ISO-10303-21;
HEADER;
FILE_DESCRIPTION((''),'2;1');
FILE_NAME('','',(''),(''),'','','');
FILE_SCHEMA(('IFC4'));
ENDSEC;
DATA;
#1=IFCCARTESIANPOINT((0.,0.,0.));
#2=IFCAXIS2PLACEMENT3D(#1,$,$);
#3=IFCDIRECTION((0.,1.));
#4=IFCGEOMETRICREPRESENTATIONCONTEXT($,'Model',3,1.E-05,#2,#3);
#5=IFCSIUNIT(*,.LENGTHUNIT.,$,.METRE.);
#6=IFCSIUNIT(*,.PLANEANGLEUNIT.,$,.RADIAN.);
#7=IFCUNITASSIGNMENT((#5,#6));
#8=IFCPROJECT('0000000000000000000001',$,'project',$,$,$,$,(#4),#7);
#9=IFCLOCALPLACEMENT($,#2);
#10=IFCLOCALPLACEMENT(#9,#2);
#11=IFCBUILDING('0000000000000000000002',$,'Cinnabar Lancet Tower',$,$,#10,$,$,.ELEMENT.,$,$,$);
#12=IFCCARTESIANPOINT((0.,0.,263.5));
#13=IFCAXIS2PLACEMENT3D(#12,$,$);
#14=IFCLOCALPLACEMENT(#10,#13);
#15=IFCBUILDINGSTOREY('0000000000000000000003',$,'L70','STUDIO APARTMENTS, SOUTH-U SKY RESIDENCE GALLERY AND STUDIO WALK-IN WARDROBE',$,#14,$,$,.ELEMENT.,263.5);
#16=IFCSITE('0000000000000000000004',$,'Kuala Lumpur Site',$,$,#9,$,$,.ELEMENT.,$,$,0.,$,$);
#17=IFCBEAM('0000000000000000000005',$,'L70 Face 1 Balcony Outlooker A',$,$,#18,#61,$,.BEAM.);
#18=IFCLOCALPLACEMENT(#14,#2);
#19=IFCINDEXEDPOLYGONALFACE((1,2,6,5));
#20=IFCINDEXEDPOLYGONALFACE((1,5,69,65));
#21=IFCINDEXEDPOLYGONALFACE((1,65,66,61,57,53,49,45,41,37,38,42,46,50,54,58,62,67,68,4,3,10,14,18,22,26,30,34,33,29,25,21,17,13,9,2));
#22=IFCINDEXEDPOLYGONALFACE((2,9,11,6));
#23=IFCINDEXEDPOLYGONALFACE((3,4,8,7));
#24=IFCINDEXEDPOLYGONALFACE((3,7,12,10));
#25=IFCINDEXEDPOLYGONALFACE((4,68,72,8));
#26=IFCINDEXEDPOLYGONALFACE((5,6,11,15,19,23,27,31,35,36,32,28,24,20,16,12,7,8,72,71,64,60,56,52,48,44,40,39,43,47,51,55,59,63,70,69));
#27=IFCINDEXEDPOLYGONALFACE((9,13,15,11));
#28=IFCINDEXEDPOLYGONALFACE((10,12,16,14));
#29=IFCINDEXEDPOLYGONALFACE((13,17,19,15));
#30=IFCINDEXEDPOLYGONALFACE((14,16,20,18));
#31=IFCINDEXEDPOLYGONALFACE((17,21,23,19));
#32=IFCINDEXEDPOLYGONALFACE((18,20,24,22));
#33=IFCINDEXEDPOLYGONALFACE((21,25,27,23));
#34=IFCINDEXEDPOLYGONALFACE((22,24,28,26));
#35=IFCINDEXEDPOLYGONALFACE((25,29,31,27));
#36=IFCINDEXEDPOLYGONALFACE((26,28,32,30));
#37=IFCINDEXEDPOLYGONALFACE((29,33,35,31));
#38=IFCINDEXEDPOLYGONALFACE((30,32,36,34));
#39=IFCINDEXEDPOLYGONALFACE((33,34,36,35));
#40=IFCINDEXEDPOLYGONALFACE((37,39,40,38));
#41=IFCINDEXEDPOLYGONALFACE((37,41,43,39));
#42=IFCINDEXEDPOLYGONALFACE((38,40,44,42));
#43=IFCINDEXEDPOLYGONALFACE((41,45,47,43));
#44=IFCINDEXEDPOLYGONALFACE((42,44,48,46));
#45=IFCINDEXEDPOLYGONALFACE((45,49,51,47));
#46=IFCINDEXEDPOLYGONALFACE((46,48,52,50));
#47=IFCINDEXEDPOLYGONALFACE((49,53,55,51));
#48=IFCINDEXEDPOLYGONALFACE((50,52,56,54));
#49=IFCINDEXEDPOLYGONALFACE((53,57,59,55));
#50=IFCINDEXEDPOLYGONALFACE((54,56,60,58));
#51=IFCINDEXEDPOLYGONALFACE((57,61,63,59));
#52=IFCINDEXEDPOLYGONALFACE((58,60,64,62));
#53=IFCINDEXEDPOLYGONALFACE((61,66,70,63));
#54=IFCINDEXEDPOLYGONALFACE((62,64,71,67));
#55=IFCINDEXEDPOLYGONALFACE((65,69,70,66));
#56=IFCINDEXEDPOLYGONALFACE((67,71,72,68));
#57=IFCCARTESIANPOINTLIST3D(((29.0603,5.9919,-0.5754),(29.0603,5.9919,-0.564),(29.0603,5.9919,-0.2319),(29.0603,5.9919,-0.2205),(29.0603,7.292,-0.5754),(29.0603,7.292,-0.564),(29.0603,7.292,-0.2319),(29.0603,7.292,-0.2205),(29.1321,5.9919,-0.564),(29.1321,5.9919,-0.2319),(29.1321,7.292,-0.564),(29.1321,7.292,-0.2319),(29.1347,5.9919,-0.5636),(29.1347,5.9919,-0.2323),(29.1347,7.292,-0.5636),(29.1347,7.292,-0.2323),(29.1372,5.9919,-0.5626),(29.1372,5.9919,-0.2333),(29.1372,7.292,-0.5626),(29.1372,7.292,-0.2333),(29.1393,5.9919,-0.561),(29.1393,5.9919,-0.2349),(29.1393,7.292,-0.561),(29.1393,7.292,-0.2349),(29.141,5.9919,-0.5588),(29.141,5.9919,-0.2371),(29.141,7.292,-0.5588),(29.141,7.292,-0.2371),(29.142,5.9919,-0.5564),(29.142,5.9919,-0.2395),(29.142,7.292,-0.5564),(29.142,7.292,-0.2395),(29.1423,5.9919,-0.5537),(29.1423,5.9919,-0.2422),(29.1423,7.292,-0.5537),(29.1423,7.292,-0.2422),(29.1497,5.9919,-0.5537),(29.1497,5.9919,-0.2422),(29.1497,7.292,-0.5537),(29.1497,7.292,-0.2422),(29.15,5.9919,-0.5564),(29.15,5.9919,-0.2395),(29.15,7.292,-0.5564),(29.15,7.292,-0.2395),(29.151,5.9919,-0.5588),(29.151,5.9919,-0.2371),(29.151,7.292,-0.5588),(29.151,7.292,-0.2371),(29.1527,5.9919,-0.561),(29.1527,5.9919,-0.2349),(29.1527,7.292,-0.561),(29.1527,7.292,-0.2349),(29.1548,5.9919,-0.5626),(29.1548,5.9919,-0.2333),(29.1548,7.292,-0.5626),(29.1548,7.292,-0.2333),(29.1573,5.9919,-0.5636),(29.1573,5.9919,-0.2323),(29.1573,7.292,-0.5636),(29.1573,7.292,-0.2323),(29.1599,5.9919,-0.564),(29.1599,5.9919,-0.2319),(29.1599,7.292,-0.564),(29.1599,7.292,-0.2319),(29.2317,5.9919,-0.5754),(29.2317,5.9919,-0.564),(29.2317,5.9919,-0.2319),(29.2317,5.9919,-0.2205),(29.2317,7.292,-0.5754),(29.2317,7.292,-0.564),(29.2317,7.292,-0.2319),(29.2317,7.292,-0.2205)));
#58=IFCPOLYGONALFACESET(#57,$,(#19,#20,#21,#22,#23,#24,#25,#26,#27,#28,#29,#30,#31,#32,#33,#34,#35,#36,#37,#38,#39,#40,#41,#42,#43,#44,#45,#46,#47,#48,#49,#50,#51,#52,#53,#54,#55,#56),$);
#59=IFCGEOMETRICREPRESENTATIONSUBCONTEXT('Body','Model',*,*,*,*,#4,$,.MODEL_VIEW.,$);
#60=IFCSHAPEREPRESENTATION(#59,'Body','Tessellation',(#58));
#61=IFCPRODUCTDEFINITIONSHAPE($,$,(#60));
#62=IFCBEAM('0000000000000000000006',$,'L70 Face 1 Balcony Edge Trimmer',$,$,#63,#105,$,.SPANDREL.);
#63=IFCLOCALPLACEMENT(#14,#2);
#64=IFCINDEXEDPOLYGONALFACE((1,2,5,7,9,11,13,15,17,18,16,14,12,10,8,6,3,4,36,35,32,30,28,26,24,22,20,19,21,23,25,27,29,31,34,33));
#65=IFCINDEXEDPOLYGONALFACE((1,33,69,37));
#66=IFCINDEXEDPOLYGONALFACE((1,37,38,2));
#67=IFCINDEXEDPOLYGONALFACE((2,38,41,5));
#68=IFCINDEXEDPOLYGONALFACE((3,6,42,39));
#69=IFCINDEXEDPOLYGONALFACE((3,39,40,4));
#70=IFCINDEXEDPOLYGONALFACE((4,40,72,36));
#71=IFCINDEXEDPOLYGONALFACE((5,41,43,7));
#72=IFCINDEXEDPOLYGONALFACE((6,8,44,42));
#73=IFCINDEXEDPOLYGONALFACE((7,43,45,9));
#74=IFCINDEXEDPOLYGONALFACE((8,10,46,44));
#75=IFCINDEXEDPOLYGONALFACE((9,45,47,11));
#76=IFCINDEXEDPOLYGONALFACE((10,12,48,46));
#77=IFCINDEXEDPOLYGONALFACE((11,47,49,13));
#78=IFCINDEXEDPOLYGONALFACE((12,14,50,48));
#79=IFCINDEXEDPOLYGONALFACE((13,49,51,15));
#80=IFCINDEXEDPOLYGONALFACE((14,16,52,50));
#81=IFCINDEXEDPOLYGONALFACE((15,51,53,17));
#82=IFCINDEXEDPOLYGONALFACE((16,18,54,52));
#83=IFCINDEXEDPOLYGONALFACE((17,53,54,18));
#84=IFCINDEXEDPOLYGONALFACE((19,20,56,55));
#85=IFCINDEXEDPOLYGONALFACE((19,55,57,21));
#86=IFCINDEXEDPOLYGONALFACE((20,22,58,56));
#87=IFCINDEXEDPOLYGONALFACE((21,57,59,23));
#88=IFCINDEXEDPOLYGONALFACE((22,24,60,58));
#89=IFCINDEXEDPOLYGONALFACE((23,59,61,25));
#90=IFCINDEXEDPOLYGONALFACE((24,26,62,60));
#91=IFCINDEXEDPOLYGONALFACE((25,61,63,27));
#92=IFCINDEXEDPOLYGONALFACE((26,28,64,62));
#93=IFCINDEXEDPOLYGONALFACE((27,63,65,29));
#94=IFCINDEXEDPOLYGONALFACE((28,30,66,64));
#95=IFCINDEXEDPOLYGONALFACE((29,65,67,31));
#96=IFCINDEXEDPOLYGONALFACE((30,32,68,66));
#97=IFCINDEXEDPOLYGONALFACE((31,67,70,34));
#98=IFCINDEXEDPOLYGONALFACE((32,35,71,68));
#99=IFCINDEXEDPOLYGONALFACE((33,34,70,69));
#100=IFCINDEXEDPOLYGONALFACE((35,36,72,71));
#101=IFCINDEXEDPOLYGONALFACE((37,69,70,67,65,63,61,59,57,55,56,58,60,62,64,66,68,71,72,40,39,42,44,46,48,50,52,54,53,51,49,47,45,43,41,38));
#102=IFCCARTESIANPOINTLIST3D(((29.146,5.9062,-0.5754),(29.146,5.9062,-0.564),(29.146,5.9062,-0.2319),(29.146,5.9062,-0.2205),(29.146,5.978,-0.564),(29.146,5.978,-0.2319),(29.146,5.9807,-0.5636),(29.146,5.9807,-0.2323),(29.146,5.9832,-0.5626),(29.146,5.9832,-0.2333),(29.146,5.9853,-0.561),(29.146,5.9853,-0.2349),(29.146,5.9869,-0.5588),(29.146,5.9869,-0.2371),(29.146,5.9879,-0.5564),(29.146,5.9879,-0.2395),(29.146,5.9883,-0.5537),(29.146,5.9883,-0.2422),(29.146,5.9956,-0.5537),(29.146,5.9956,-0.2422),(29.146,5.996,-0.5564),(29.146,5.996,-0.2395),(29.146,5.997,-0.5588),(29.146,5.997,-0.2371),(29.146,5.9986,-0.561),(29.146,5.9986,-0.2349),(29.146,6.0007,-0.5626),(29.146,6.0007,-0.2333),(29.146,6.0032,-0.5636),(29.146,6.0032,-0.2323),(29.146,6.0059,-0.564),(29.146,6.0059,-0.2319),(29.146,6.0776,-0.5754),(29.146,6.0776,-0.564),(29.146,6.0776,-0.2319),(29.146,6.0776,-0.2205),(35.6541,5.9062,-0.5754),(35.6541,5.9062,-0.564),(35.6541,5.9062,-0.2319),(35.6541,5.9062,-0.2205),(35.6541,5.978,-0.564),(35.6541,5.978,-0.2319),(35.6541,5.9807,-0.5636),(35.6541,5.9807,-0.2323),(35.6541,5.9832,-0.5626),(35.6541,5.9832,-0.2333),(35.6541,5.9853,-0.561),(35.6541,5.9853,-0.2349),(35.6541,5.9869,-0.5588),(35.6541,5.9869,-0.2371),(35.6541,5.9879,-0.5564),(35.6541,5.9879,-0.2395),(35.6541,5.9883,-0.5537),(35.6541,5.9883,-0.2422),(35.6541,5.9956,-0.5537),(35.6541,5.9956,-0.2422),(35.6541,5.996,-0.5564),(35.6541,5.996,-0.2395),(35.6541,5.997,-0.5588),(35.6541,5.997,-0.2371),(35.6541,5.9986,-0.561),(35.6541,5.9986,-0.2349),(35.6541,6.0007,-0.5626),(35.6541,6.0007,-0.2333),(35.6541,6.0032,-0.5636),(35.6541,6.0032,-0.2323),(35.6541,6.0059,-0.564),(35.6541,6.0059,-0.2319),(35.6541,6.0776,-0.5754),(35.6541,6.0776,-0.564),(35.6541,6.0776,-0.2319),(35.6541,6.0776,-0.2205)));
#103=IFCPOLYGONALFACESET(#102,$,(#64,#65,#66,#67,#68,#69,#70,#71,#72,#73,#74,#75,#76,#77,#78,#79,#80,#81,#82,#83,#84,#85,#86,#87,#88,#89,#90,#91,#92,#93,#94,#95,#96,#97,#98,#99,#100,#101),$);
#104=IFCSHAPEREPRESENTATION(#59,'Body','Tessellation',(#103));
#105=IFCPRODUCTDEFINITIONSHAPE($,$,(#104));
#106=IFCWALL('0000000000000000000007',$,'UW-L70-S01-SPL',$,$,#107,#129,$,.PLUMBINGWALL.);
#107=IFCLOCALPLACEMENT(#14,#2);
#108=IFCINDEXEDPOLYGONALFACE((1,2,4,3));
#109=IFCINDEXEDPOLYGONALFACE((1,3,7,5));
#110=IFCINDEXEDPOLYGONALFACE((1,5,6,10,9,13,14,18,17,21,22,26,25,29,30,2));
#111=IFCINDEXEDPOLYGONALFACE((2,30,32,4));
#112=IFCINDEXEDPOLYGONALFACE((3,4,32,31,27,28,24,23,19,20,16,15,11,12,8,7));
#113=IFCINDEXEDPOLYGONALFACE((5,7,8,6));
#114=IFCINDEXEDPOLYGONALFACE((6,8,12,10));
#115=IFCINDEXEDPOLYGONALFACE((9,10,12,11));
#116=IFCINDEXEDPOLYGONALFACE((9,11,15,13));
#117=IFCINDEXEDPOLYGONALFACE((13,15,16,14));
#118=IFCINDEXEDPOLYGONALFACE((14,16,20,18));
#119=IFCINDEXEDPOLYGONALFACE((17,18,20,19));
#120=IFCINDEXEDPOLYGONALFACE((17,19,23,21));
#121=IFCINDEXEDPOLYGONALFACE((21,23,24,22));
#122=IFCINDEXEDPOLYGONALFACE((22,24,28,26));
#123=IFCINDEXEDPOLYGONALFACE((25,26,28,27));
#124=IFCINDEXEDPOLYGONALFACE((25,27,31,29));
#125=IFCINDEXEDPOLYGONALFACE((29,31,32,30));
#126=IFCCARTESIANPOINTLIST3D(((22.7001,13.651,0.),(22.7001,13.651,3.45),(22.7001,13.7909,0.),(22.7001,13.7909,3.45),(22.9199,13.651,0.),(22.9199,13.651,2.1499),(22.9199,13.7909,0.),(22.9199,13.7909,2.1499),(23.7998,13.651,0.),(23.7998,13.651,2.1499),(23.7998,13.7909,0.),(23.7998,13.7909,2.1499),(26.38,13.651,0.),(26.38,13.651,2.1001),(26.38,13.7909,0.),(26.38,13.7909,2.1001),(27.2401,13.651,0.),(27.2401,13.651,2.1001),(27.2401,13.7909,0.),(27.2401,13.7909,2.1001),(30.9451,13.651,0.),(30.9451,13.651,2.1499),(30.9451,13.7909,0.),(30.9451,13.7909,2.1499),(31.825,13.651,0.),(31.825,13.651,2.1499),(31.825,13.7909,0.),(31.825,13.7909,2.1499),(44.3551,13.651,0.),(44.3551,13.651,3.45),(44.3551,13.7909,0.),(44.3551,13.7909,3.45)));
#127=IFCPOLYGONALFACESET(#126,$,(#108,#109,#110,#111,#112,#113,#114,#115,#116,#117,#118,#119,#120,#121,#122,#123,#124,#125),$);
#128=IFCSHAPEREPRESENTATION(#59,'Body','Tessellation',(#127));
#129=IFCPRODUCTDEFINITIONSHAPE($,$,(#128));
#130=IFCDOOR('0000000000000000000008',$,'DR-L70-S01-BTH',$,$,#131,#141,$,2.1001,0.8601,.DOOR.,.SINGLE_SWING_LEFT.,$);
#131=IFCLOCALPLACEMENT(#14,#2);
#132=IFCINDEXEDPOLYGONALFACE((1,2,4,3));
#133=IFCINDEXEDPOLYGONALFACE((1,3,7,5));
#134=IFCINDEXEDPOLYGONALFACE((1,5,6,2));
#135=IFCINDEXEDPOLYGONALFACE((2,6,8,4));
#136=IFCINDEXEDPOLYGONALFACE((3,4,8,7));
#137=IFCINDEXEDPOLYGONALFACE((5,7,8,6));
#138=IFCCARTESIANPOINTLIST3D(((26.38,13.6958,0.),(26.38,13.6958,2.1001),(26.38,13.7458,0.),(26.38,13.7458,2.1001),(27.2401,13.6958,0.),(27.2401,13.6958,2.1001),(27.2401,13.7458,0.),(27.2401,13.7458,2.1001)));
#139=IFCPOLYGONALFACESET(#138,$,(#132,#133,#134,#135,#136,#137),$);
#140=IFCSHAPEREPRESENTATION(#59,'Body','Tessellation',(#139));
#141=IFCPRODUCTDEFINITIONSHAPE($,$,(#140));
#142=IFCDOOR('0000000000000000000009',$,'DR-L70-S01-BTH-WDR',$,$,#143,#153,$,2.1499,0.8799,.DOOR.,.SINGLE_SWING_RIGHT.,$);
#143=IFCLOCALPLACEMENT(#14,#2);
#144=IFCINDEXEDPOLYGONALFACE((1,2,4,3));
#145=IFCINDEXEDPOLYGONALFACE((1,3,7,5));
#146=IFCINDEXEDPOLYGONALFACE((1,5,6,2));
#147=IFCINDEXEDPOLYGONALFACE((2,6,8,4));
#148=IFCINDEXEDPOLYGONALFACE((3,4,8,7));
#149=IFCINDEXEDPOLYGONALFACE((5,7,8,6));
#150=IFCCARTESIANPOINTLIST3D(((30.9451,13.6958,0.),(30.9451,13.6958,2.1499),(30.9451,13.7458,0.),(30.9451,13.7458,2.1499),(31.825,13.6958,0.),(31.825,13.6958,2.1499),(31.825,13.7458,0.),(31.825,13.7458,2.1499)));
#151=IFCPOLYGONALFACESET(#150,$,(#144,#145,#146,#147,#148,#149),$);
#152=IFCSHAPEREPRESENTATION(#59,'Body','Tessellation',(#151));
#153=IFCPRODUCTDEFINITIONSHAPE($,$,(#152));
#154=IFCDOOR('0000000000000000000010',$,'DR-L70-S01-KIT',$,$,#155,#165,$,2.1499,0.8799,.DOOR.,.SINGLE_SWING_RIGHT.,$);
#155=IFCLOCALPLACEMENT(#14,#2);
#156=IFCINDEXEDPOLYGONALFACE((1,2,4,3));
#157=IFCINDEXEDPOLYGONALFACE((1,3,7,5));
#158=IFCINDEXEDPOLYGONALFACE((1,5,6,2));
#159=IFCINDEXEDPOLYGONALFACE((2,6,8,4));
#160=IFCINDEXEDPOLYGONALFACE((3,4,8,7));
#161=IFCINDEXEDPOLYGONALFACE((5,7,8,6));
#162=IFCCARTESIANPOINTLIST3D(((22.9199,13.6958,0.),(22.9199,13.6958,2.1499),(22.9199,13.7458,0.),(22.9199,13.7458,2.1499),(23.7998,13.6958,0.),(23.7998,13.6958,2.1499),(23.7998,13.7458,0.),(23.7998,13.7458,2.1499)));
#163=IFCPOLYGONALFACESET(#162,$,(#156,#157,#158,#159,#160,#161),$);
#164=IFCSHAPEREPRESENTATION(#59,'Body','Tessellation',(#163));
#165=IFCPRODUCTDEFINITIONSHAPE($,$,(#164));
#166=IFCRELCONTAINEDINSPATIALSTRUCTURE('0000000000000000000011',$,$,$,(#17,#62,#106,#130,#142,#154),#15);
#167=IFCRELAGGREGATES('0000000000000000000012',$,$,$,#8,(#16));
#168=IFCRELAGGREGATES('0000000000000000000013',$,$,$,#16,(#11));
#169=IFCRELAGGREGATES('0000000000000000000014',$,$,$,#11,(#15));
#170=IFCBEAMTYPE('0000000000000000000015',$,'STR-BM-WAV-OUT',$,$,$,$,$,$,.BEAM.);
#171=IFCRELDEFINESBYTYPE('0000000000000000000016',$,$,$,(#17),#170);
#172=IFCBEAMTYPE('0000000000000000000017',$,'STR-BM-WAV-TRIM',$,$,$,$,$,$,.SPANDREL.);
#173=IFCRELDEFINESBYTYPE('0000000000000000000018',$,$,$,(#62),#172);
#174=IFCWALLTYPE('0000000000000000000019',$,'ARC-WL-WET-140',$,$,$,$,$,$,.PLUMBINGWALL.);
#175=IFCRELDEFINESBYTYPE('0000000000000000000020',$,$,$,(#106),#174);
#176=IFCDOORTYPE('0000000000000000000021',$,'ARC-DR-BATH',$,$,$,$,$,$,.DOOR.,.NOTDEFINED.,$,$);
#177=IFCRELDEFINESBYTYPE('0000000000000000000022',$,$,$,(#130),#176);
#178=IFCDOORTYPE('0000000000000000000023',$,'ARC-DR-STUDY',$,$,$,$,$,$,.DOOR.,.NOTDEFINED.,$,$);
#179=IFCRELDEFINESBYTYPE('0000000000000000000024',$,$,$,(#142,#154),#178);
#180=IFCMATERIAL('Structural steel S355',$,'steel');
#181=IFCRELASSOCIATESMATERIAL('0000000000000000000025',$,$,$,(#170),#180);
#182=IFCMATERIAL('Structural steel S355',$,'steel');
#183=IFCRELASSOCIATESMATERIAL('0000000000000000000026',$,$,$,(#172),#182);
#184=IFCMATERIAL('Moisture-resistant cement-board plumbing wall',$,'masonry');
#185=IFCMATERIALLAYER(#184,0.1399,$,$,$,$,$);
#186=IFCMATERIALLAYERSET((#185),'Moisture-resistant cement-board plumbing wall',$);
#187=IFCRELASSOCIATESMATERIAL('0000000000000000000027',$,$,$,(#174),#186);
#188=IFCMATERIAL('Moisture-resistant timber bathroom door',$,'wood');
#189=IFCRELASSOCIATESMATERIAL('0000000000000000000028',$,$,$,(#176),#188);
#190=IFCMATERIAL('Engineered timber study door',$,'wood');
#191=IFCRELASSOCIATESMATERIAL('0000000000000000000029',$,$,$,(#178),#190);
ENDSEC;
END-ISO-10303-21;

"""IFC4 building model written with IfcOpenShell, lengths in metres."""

from ifc_helpers import new_model, si_unit, direction, frame, frame_2d, origin, origin_2d, place, context, subcontext, project, spatial, rectangle, i_section, extrude, material, layer, layer_set, material_profile, profile_set, type_object, element, fill, save


model = new_model("IFC4")

# Units and contexts
model_context = context("Model", 3, precision=1e-05, world=origin(), true_north=direction((0.0, 1.0)))
body_context = subcontext(model_context, "Body", "Model", "MODEL_VIEW")
ifc_project = project(units=[si_unit("LENGTHUNIT", "METRE"), si_unit("PLANEANGLEUNIT", "RADIAN")], contexts=[model_context])

# Site, building, storey
site_placement = place(None, origin())
site = spatial("IfcSite", under=ifc_project, at=site_placement, Name="Kuala Lumpur Site", CompositionType="ELEMENT", RefElevation=0.0)
building_placement = place(site_placement, origin())
building = spatial("IfcBuilding", under=site, at=building_placement, Name="Cinnabar Lancet Tower", CompositionType="ELEMENT")
storey_placement = place(building_placement, frame((0.0, 0.0, 263.5)))
storey = spatial("IfcBuildingStorey", under=building, at=storey_placement, Name="L70", Description="STUDIO APARTMENTS, SOUTH-U SKY RESIDENCE GALLERY AND STUDIO WALK-IN WARDROBE", CompositionType="ELEMENT", Elevation=263.5)

# Beams
ifc_material_1 = material(Name="Structural steel S355", Category="steel")
ifc_material_profile_1 = material_profile(ifc_material_1, i_section(OverallWidth=0.1714, OverallDepth=0.355, WebThickness=0.0073, FlangeThickness=0.0115, FilletRadius=0.0103, at=origin_2d()), Name="UKB 356x171x51")
ifc_profile_set_1 = profile_set([ifc_material_profile_1], Name="Structural steel S355")
beam_type_1 = type_object("IfcBeamType", Name="STR-BM-WAV-OUT", PredefinedType="BEAM", material=ifc_profile_set_1)
beam_1_placement = place(storey_placement, frame((29.146, 7.292, -0.3979), z_axis=(0.0, -1.0, 0.0), x_axis=(1.0, 0.0, 0.0)))
element("IfcBeam", 1, at=beam_1_placement, inside=storey, type_object=beam_type_1, Name="L70 Face 1 Balcony Outlooker A", PredefinedType="BEAM", context=body_context, shape_type="SweptSolid", body=[
    extrude(i_section(OverallWidth=0.1714, OverallDepth=0.355, WebThickness=0.0073, FlangeThickness=0.0115, FilletRadius=0.0103, at=origin_2d()), origin(), (0.0, 0.0, 1.0), 1.3),
])
ifc_material_2 = material(Name="Structural steel S355", Category="steel")
ifc_material_profile_2 = material_profile(ifc_material_2, i_section(OverallWidth=0.1714, OverallDepth=0.355, WebThickness=0.0073, FlangeThickness=0.0115, FilletRadius=0.0103, at=origin_2d()), Name="UKB 356x171x51")
ifc_profile_set_2 = profile_set([ifc_material_profile_2], Name="Structural steel S355")
beam_type_2 = type_object("IfcBeamType", Name="STR-BM-WAV-TRIM", PredefinedType="SPANDREL", material=ifc_profile_set_2)
beam_2_placement = place(storey_placement, frame((29.146, 5.9919, -0.3979), z_axis=(1.0, 0.0, 0.0), x_axis=(0.0, 1.0, 0.0)))
element("IfcBeam", 2, at=beam_2_placement, inside=storey, type_object=beam_type_2, Name="L70 Face 1 Balcony Edge Trimmer", PredefinedType="SPANDREL", context=body_context, shape_type="SweptSolid", body=[
    extrude(i_section(OverallWidth=0.1714, OverallDepth=0.355, WebThickness=0.0073, FlangeThickness=0.0115, FilletRadius=0.0103, at=origin_2d()), origin(), (0.0, 0.0, 1.0), 6.5081),
])

# Wall, openings, doors
ifc_material_3 = material(Name="Moisture-resistant cement-board plumbing wall", Category="masonry")
ifc_layer_1 = layer(ifc_material_3, 0.1399)
ifc_layer_set_1 = layer_set([ifc_layer_1], Name="Moisture-resistant cement-board plumbing wall")
wall_type_1 = type_object("IfcWallType", Name="ARC-WL-WET-140", PredefinedType="PLUMBINGWALL", material=ifc_layer_set_1)
wall_1_placement = place(storey_placement, frame((22.7, 13.7209, 0.0), z_axis=(0.0, 0.0, 1.0), x_axis=(1.0, 0.0, 0.0)))
wall_1 = element("IfcWall", 3, at=wall_1_placement, inside=storey, type_object=wall_type_1, Name="UW-L70-S01-SPL", PredefinedType="PLUMBINGWALL", context=body_context, shape_type="SweptSolid", body=[
    extrude(rectangle(XDim=21.655, YDim=0.1399, at=frame_2d((10.8276, 0.0))), origin(), (0.0, 0.0, 1.0), 3.45),
])
opening_1_placement = place(wall_1_placement, frame((3.6799, 0.0, 0.0)))
opening_1 = element("IfcOpeningElement", 4, at=opening_1_placement, cuts=wall_1, PredefinedType="OPENING", context=body_context, shape_type="SweptSolid", body=[
    extrude(rectangle(XDim=0.8601, YDim=2.1001, at=frame_2d((0.4302, 1.05))), frame((0.0, 0.0798, 0.0), z_axis=(0.0, -1.0, 0.0), x_axis=(1.0, 0.0, 0.0)), (0.0, 0.0, 1.0), 0.1599),
])
opening_2_placement = place(wall_1_placement, frame((8.2451, 0.0, 0.0)))
opening_2 = element("IfcOpeningElement", 5, at=opening_2_placement, cuts=wall_1, PredefinedType="OPENING", context=body_context, shape_type="SweptSolid", body=[
    extrude(rectangle(XDim=0.8799, YDim=2.1499, at=frame_2d((0.4399, 1.075))), frame((0.0, 0.0798, 0.0), z_axis=(0.0, -1.0, 0.0), x_axis=(1.0, 0.0, 0.0)), (0.0, 0.0, 1.0), 0.1599),
])
opening_3_placement = place(wall_1_placement, frame((0.22, 0.0, 0.0)))
opening_3 = element("IfcOpeningElement", 6, at=opening_3_placement, cuts=wall_1, PredefinedType="OPENING", context=body_context, shape_type="SweptSolid", body=[
    extrude(rectangle(XDim=0.8799, YDim=2.1499, at=frame_2d((0.4399, 1.075))), frame((0.0, 0.0798, 0.0), z_axis=(0.0, -1.0, 0.0), x_axis=(1.0, 0.0, 0.0)), (0.0, 0.0, 1.0), 0.1599),
])
ifc_material_4 = material(Name="Moisture-resistant timber bathroom door", Category="wood")
door_type_1 = type_object("IfcDoorType", Name="ARC-DR-BATH", OperationType="NOTDEFINED", PredefinedType="DOOR", material=ifc_material_4)
door_1_placement = place(opening_1_placement, origin())
door_1 = element("IfcDoor", 7, at=door_1_placement, inside=storey, type_object=door_type_1, Name="DR-L70-S01-BTH", OperationType="SINGLE_SWING_LEFT", OverallHeight=2.1001, OverallWidth=0.8601, PredefinedType="DOOR", context=body_context, shape_type="SweptSolid", body=[
    extrude(rectangle(XDim=0.8601, YDim=2.1001, at=frame_2d((0.4302, 1.05))), frame((0.0, 0.0249, 0.0), z_axis=(0.0, -1.0, 0.0), x_axis=(1.0, 0.0, 0.0)), (0.0, 0.0, 1.0), 0.05),
])
fill(opening_1, door_1)
ifc_material_5 = material(Name="Engineered timber study door", Category="wood")
door_type_2 = type_object("IfcDoorType", Name="ARC-DR-STUDY", OperationType="NOTDEFINED", PredefinedType="DOOR", material=ifc_material_5)
door_2_placement = place(opening_2_placement, origin())
door_2 = element("IfcDoor", 8, at=door_2_placement, inside=storey, type_object=door_type_2, Name="DR-L70-S01-BTH-WDR", OperationType="SINGLE_SWING_RIGHT", OverallHeight=2.1499, OverallWidth=0.8799, PredefinedType="DOOR", context=body_context, shape_type="SweptSolid", body=[
    extrude(rectangle(XDim=0.8799, YDim=2.1499, at=frame_2d((0.4399, 1.075))), frame((0.0, 0.0249, 0.0), z_axis=(0.0, -1.0, 0.0), x_axis=(1.0, 0.0, 0.0)), (0.0, 0.0, 1.0), 0.05),
])
fill(opening_2, door_2)
door_3_placement = place(opening_3_placement, origin())
door_3 = element("IfcDoor", 9, at=door_3_placement, inside=storey, type_object=door_type_2, Name="DR-L70-S01-KIT", OperationType="SINGLE_SWING_RIGHT", OverallHeight=2.1499, OverallWidth=0.8799, PredefinedType="DOOR", context=body_context, shape_type="SweptSolid", body=[
    extrude(rectangle(XDim=0.8799, YDim=2.1499, at=frame_2d((0.4399, 1.075))), frame((0.0, 0.0249, 0.0), z_axis=(0.0, -1.0, 0.0), x_axis=(1.0, 0.0, 0.0)), (0.0, 0.0, 1.0), 0.05),
])
fill(opening_3, door_3)

save(model, "model.ifc")
